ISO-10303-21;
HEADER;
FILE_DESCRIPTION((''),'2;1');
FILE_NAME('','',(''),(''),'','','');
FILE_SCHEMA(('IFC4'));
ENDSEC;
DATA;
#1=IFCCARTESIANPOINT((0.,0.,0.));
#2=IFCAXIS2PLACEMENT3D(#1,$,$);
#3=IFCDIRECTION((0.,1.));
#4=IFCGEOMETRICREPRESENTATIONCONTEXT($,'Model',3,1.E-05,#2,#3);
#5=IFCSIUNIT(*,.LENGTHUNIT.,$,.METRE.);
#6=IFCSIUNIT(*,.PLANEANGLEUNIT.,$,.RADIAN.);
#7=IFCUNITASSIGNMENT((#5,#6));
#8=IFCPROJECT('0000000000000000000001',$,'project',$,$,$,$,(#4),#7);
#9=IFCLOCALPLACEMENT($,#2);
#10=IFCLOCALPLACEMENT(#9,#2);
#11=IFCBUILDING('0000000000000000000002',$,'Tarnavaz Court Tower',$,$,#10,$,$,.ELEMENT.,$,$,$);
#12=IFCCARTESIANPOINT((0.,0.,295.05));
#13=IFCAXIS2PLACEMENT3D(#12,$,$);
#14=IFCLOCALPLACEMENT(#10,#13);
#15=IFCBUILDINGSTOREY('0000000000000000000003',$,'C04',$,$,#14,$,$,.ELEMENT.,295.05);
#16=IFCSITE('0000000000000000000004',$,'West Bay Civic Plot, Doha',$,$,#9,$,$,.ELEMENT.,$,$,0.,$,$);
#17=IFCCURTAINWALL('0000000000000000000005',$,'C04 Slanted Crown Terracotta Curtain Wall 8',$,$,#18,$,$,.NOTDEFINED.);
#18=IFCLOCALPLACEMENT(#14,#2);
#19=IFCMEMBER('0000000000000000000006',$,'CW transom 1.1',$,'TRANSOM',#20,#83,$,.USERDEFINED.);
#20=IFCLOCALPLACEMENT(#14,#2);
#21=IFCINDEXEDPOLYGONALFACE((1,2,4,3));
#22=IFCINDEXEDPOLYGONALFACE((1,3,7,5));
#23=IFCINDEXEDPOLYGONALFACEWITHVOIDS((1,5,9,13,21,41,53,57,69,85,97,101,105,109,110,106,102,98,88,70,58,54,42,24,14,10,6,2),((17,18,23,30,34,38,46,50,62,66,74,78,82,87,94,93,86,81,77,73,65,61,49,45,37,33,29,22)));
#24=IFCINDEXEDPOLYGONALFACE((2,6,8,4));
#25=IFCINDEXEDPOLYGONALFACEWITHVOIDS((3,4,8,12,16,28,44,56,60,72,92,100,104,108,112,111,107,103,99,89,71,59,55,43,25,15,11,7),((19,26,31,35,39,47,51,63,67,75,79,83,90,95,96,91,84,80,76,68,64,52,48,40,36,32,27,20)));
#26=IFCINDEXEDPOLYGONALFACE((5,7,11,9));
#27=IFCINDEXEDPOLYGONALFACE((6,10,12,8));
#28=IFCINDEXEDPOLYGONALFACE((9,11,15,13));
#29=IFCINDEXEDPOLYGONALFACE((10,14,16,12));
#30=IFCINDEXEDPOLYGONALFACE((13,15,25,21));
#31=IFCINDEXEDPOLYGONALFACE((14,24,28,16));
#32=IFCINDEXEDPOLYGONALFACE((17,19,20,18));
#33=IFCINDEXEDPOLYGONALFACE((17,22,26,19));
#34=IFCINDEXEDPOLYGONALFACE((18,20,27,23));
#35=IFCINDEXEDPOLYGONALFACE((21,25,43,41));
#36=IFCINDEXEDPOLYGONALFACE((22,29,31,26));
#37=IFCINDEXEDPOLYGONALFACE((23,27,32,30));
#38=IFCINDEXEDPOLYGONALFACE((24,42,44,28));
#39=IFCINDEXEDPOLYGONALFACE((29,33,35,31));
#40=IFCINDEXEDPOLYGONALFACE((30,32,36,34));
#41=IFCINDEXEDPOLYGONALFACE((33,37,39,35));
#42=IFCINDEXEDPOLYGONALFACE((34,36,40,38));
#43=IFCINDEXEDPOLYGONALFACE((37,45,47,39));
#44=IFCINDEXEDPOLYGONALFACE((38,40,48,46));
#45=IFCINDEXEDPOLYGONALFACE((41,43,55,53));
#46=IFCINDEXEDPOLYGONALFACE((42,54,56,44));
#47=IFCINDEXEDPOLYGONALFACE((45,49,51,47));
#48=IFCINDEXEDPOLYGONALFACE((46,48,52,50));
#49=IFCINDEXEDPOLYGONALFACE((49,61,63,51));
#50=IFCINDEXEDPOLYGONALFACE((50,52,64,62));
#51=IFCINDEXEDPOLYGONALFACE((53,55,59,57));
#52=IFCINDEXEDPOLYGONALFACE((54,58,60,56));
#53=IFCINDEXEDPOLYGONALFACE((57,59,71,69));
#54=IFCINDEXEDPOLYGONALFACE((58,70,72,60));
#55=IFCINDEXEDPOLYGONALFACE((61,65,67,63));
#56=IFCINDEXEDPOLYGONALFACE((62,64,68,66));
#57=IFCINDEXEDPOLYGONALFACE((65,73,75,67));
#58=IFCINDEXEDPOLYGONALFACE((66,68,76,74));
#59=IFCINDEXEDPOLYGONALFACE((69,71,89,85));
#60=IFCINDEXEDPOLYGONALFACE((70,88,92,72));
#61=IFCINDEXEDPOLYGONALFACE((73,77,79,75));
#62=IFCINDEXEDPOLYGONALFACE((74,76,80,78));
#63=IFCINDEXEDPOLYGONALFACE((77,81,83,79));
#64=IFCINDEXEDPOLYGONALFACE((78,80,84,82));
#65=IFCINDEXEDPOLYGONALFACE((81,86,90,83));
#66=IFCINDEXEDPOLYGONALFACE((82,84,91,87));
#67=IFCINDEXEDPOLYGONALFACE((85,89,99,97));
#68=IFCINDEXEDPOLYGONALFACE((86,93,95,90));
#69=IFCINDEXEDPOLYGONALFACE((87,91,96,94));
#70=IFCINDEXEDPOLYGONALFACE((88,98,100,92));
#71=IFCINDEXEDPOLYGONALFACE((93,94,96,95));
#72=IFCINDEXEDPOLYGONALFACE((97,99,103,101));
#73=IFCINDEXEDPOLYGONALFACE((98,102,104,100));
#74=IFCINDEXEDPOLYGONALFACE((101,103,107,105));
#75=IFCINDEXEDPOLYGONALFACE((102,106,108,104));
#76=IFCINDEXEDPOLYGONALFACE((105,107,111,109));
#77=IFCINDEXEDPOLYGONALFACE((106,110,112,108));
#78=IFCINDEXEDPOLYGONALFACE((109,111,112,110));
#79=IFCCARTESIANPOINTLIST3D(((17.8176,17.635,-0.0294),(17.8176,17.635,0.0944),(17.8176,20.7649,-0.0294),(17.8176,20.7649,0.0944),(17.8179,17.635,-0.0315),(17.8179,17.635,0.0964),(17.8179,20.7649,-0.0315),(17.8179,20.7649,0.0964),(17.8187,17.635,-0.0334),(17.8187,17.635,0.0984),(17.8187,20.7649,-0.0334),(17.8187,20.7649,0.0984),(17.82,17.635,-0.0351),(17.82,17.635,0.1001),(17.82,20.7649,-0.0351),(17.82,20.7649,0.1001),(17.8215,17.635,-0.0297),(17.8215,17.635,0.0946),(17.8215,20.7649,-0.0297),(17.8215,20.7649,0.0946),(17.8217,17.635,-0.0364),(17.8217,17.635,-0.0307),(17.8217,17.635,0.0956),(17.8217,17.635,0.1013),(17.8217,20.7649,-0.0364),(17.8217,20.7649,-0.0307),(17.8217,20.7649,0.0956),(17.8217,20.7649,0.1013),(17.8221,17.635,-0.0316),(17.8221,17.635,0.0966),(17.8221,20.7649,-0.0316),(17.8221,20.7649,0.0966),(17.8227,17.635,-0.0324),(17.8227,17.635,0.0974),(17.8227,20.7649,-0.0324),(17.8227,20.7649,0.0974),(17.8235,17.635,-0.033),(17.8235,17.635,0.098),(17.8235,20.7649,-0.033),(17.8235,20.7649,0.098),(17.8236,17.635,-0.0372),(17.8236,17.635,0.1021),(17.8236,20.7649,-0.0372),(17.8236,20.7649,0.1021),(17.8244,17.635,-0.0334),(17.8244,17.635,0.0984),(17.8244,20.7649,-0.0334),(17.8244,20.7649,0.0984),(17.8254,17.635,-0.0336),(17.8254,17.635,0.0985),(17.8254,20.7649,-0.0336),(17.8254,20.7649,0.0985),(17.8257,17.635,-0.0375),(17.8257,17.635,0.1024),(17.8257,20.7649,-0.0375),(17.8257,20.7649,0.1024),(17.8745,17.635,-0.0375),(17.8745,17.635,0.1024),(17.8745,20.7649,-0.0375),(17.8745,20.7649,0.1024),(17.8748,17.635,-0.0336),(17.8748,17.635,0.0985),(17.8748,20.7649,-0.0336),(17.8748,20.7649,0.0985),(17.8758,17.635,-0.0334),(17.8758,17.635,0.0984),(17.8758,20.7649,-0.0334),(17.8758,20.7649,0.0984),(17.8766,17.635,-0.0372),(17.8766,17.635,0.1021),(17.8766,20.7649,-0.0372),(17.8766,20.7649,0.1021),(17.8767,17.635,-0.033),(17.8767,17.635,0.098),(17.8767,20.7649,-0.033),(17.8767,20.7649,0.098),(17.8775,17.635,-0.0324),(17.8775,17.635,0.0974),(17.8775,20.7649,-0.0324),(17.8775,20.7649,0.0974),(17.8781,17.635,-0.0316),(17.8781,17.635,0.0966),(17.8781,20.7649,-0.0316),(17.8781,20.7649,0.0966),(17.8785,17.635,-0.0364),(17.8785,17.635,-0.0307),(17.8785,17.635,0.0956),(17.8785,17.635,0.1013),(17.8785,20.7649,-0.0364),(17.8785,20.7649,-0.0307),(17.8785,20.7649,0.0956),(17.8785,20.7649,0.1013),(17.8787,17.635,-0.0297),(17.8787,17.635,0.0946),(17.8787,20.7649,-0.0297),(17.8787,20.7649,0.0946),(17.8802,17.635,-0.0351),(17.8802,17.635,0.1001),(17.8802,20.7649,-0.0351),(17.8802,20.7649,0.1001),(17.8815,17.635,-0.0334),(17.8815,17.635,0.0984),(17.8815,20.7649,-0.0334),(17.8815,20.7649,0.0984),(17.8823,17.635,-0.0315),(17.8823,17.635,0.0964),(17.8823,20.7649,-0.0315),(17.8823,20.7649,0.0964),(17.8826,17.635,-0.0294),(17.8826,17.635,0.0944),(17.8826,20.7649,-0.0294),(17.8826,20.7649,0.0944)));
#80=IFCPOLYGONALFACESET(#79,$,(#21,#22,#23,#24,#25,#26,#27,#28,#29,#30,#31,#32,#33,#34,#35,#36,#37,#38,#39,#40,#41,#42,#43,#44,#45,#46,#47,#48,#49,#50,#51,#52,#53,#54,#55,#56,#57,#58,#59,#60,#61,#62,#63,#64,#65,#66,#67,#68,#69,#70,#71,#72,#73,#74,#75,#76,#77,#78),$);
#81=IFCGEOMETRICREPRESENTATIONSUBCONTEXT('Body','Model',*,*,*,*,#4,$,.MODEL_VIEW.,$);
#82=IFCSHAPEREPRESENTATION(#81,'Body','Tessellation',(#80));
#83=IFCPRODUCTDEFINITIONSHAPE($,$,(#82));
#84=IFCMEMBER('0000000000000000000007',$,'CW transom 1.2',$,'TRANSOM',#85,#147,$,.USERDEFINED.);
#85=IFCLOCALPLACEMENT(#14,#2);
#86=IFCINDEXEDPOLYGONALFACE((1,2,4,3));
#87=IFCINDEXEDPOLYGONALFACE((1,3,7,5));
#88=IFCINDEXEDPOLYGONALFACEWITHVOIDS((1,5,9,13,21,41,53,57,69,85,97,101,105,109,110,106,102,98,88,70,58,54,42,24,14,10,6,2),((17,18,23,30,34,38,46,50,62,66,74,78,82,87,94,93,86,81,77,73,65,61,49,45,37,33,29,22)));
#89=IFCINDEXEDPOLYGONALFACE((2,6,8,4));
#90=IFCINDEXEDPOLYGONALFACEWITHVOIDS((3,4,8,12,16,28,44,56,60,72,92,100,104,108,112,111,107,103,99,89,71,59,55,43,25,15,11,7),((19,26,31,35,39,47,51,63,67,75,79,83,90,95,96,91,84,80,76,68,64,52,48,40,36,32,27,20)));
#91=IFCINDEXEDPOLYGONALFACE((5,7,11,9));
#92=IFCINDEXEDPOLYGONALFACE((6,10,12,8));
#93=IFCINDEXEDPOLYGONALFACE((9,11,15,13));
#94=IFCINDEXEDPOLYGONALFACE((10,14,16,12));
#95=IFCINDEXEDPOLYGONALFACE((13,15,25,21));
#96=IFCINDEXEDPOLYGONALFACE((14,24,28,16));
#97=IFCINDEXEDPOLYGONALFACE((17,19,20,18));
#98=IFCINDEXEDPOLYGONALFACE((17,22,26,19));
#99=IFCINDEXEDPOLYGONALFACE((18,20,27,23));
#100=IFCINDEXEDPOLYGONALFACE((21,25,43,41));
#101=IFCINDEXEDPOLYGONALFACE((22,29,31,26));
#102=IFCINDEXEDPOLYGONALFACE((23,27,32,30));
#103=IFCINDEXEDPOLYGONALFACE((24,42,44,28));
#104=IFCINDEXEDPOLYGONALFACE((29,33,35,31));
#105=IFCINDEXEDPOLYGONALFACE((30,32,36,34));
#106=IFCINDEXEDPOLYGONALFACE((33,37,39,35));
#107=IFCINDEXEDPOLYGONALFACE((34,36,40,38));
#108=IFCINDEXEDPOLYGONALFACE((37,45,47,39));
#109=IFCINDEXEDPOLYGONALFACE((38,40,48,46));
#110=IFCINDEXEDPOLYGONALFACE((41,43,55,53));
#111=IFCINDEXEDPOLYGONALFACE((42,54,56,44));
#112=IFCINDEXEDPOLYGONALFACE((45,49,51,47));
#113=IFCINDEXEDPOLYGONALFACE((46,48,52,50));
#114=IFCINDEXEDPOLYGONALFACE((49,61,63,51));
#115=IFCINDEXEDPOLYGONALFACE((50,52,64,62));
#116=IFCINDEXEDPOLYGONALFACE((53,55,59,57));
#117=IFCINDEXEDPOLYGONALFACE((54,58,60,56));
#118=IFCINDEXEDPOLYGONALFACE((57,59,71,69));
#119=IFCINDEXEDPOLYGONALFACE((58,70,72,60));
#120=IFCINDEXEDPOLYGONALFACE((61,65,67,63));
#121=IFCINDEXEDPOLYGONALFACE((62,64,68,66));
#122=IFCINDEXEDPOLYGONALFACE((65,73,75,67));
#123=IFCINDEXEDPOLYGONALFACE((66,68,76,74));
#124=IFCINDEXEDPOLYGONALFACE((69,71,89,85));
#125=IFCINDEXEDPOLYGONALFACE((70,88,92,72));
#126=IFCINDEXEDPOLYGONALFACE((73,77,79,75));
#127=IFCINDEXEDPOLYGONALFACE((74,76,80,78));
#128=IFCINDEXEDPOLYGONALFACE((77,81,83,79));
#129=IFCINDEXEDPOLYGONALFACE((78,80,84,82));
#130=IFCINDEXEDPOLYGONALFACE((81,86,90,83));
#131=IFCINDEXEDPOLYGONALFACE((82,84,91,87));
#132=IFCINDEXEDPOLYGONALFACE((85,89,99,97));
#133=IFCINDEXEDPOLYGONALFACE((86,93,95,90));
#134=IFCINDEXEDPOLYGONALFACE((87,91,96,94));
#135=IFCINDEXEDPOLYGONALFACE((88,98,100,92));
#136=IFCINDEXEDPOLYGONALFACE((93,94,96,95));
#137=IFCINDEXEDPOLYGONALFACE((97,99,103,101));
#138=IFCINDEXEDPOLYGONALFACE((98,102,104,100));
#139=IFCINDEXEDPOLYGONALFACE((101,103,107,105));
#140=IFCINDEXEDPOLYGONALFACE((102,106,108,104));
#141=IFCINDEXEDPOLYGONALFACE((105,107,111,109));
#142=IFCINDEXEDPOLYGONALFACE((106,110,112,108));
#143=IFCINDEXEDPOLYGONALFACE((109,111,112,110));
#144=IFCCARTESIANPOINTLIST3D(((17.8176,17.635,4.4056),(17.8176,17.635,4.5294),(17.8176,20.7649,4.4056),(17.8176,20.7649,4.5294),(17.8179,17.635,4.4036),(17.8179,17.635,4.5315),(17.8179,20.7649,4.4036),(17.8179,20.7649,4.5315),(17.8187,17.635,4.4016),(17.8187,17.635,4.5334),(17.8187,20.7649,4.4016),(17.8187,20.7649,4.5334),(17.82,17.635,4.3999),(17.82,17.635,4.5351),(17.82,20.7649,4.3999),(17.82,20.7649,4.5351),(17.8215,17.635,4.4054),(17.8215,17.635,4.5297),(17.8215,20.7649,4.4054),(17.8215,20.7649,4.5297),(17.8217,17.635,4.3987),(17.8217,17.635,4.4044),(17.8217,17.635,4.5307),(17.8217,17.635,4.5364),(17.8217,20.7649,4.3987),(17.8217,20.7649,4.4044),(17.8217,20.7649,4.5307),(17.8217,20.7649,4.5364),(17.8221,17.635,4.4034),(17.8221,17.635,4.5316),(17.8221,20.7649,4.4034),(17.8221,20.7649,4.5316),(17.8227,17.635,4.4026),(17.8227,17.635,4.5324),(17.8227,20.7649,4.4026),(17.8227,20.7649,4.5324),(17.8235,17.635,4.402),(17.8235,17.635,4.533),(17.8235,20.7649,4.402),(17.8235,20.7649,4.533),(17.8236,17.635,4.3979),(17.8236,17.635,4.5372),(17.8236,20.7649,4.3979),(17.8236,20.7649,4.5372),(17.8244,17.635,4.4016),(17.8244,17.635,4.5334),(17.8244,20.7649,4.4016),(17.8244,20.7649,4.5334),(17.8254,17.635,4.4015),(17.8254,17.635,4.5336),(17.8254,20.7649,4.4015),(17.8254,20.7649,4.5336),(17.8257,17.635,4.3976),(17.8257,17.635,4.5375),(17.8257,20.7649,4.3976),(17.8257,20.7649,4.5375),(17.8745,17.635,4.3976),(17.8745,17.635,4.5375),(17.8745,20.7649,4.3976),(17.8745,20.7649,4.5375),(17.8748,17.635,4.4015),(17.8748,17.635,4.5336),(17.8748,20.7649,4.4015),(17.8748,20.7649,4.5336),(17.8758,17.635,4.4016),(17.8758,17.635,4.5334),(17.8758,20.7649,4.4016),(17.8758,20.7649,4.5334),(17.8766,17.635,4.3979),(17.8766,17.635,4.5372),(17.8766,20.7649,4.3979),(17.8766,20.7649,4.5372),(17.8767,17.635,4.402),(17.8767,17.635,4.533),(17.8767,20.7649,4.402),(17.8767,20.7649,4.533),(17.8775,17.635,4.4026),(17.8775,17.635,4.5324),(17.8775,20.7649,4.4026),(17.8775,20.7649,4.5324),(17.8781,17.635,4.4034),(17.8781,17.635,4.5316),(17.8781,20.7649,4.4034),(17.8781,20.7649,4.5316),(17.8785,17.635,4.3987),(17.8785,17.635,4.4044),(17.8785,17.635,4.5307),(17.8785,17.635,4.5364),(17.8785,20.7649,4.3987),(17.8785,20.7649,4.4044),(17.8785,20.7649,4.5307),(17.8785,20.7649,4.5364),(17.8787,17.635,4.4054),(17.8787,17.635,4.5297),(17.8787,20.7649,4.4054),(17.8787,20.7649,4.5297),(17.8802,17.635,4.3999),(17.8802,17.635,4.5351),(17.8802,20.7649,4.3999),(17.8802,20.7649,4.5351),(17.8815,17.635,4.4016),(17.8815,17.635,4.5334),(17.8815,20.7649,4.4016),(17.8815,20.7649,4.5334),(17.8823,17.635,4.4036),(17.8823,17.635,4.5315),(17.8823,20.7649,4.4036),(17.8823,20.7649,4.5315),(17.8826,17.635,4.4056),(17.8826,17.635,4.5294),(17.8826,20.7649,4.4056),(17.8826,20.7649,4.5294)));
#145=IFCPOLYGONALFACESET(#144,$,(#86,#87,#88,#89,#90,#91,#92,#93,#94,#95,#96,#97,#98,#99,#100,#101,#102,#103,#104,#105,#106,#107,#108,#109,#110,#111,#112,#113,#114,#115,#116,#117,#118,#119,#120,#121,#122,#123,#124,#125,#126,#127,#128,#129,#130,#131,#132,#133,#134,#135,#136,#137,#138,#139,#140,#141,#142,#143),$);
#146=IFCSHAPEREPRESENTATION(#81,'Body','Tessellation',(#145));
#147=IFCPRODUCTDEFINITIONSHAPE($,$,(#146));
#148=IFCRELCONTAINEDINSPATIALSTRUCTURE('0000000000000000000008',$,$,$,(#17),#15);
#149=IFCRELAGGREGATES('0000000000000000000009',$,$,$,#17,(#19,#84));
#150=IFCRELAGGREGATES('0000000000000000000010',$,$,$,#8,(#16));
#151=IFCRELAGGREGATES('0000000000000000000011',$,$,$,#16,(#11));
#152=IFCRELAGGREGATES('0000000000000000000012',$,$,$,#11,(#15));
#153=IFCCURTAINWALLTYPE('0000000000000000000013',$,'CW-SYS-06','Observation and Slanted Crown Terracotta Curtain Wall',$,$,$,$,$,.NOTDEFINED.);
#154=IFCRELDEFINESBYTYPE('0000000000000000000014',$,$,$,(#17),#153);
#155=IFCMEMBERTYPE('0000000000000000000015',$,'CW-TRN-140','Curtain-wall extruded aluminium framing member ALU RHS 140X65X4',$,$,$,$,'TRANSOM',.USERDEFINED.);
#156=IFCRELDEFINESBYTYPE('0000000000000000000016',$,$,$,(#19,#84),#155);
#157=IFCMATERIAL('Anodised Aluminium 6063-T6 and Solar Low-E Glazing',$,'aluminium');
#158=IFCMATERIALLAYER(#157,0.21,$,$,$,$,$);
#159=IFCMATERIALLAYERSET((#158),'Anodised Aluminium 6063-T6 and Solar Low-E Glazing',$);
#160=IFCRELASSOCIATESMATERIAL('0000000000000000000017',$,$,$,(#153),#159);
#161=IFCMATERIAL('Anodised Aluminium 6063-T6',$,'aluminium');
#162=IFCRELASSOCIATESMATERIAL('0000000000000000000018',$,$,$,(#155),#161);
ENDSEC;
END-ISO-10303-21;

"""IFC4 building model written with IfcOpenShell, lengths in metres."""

from ifc_helpers import new_model, si_unit, direction, frame, origin, origin_2d, place, context, subcontext, project, spatial, hollow_rectangle, extrude, material, layer, layer_set, material_profile, profile_set, type_object, element, aggregate, save


model = new_model("IFC4")

# Units and contexts
model_context = context("Model", 3, precision=1e-05, world=origin(), true_north=direction((0.0, 1.0)))
body_context = subcontext(model_context, "Body", "Model", "MODEL_VIEW")
ifc_project = project(units=[si_unit("LENGTHUNIT", "METRE"), si_unit("PLANEANGLEUNIT", "RADIAN")], contexts=[model_context])

# Site, building, storey
site_placement = place(None, origin())
site = spatial("IfcSite", under=ifc_project, at=site_placement, Name="West Bay Civic Plot, Doha", CompositionType="ELEMENT", RefElevation=0.0)
building_placement = place(site_placement, origin())
building = spatial("IfcBuilding", under=site, at=building_placement, Name="Tarnavaz Court Tower", CompositionType="ELEMENT")
storey_placement = place(building_placement, frame((0.0, 0.0, 295.05)))
storey = spatial("IfcBuildingStorey", under=building, at=storey_placement, Name="C04", CompositionType="ELEMENT", Elevation=295.05)

# Shared definitions
ifc_material_1 = material(Name="Anodised Aluminium 6063-T6 and Solar Low-E Glazing", Category="aluminium")
ifc_layer_1 = layer(ifc_material_1, 0.21)
ifc_layer_set_1 = layer_set([ifc_layer_1], Name="Anodised Aluminium 6063-T6 and Solar Low-E Glazing")
curtain_wall_type = type_object("IfcCurtainWallType", Name="CW-SYS-06", Description="Observation and Slanted Crown Terracotta Curtain Wall", PredefinedType="NOTDEFINED", material=ifc_layer_set_1)
ifc_material_2 = material(Name="Anodised Aluminium 6063-T6", Category="aluminium")

# Curtain wall
curtain_wall_1_placement = place(storey_placement, origin())
curtain_wall_1 = element("IfcCurtainWall", 1, at=curtain_wall_1_placement, inside=storey, type_object=curtain_wall_type, Name="C04 Slanted Crown Terracotta Curtain Wall 8", PredefinedType="NOTDEFINED")

# Members
ifc_material_profile_1 = material_profile(ifc_material_2, hollow_rectangle(XDim=0.0649, YDim=0.1399, WallThickness=0.0039, InnerFilletRadius=0.0039, OuterFilletRadius=0.0081, at=origin_2d()), Name="ALU RHS 140X65X4")
ifc_profile_set_1 = profile_set([ifc_material_profile_1], Name="Anodised Aluminium 6063-T6")
member_type_1 = type_object("IfcMemberType", Name="CW-TRN-140", Description="Curtain-wall extruded aluminium framing member ALU RHS 140X65X4", ElementType="TRANSOM", PredefinedType="USERDEFINED", material=ifc_profile_set_1)
member_1_placement = place(storey_placement, frame((17.8501, 20.7649, 0.0325), z_axis=(0.0, -1.0, 0.0), x_axis=(1.0, 0.0, 0.0)))
member_1 = element("IfcMember", 2, at=member_1_placement, type_object=member_type_1, Name="CW transom 1.1", ObjectType="TRANSOM", PredefinedType="USERDEFINED", context=body_context, shape_type="SweptSolid", body=[
    extrude(hollow_rectangle(XDim=0.0649, YDim=0.1399, WallThickness=0.0039, InnerFilletRadius=0.0039, OuterFilletRadius=0.0081, at=origin_2d()), origin(), (0.0, 0.0, 1.0), 3.1299),
])
member_2_placement = place(storey_placement, frame((17.8501, 20.7649, 4.4675), z_axis=(0.0, -1.0, 0.0), x_axis=(1.0, 0.0, 0.0)))
member_2 = element("IfcMember", 3, at=member_2_placement, type_object=member_type_1, Name="CW transom 1.2", ObjectType="TRANSOM", PredefinedType="USERDEFINED", context=body_context, shape_type="SweptSolid", body=[
    extrude(hollow_rectangle(XDim=0.0649, YDim=0.1399, WallThickness=0.0039, InnerFilletRadius=0.0039, OuterFilletRadius=0.0081, at=origin_2d()), origin(), (0.0, 0.0, 1.0), 3.1299),
])

aggregate(curtain_wall_1, [member_1, member_2])

save(model, "model.ifc")
